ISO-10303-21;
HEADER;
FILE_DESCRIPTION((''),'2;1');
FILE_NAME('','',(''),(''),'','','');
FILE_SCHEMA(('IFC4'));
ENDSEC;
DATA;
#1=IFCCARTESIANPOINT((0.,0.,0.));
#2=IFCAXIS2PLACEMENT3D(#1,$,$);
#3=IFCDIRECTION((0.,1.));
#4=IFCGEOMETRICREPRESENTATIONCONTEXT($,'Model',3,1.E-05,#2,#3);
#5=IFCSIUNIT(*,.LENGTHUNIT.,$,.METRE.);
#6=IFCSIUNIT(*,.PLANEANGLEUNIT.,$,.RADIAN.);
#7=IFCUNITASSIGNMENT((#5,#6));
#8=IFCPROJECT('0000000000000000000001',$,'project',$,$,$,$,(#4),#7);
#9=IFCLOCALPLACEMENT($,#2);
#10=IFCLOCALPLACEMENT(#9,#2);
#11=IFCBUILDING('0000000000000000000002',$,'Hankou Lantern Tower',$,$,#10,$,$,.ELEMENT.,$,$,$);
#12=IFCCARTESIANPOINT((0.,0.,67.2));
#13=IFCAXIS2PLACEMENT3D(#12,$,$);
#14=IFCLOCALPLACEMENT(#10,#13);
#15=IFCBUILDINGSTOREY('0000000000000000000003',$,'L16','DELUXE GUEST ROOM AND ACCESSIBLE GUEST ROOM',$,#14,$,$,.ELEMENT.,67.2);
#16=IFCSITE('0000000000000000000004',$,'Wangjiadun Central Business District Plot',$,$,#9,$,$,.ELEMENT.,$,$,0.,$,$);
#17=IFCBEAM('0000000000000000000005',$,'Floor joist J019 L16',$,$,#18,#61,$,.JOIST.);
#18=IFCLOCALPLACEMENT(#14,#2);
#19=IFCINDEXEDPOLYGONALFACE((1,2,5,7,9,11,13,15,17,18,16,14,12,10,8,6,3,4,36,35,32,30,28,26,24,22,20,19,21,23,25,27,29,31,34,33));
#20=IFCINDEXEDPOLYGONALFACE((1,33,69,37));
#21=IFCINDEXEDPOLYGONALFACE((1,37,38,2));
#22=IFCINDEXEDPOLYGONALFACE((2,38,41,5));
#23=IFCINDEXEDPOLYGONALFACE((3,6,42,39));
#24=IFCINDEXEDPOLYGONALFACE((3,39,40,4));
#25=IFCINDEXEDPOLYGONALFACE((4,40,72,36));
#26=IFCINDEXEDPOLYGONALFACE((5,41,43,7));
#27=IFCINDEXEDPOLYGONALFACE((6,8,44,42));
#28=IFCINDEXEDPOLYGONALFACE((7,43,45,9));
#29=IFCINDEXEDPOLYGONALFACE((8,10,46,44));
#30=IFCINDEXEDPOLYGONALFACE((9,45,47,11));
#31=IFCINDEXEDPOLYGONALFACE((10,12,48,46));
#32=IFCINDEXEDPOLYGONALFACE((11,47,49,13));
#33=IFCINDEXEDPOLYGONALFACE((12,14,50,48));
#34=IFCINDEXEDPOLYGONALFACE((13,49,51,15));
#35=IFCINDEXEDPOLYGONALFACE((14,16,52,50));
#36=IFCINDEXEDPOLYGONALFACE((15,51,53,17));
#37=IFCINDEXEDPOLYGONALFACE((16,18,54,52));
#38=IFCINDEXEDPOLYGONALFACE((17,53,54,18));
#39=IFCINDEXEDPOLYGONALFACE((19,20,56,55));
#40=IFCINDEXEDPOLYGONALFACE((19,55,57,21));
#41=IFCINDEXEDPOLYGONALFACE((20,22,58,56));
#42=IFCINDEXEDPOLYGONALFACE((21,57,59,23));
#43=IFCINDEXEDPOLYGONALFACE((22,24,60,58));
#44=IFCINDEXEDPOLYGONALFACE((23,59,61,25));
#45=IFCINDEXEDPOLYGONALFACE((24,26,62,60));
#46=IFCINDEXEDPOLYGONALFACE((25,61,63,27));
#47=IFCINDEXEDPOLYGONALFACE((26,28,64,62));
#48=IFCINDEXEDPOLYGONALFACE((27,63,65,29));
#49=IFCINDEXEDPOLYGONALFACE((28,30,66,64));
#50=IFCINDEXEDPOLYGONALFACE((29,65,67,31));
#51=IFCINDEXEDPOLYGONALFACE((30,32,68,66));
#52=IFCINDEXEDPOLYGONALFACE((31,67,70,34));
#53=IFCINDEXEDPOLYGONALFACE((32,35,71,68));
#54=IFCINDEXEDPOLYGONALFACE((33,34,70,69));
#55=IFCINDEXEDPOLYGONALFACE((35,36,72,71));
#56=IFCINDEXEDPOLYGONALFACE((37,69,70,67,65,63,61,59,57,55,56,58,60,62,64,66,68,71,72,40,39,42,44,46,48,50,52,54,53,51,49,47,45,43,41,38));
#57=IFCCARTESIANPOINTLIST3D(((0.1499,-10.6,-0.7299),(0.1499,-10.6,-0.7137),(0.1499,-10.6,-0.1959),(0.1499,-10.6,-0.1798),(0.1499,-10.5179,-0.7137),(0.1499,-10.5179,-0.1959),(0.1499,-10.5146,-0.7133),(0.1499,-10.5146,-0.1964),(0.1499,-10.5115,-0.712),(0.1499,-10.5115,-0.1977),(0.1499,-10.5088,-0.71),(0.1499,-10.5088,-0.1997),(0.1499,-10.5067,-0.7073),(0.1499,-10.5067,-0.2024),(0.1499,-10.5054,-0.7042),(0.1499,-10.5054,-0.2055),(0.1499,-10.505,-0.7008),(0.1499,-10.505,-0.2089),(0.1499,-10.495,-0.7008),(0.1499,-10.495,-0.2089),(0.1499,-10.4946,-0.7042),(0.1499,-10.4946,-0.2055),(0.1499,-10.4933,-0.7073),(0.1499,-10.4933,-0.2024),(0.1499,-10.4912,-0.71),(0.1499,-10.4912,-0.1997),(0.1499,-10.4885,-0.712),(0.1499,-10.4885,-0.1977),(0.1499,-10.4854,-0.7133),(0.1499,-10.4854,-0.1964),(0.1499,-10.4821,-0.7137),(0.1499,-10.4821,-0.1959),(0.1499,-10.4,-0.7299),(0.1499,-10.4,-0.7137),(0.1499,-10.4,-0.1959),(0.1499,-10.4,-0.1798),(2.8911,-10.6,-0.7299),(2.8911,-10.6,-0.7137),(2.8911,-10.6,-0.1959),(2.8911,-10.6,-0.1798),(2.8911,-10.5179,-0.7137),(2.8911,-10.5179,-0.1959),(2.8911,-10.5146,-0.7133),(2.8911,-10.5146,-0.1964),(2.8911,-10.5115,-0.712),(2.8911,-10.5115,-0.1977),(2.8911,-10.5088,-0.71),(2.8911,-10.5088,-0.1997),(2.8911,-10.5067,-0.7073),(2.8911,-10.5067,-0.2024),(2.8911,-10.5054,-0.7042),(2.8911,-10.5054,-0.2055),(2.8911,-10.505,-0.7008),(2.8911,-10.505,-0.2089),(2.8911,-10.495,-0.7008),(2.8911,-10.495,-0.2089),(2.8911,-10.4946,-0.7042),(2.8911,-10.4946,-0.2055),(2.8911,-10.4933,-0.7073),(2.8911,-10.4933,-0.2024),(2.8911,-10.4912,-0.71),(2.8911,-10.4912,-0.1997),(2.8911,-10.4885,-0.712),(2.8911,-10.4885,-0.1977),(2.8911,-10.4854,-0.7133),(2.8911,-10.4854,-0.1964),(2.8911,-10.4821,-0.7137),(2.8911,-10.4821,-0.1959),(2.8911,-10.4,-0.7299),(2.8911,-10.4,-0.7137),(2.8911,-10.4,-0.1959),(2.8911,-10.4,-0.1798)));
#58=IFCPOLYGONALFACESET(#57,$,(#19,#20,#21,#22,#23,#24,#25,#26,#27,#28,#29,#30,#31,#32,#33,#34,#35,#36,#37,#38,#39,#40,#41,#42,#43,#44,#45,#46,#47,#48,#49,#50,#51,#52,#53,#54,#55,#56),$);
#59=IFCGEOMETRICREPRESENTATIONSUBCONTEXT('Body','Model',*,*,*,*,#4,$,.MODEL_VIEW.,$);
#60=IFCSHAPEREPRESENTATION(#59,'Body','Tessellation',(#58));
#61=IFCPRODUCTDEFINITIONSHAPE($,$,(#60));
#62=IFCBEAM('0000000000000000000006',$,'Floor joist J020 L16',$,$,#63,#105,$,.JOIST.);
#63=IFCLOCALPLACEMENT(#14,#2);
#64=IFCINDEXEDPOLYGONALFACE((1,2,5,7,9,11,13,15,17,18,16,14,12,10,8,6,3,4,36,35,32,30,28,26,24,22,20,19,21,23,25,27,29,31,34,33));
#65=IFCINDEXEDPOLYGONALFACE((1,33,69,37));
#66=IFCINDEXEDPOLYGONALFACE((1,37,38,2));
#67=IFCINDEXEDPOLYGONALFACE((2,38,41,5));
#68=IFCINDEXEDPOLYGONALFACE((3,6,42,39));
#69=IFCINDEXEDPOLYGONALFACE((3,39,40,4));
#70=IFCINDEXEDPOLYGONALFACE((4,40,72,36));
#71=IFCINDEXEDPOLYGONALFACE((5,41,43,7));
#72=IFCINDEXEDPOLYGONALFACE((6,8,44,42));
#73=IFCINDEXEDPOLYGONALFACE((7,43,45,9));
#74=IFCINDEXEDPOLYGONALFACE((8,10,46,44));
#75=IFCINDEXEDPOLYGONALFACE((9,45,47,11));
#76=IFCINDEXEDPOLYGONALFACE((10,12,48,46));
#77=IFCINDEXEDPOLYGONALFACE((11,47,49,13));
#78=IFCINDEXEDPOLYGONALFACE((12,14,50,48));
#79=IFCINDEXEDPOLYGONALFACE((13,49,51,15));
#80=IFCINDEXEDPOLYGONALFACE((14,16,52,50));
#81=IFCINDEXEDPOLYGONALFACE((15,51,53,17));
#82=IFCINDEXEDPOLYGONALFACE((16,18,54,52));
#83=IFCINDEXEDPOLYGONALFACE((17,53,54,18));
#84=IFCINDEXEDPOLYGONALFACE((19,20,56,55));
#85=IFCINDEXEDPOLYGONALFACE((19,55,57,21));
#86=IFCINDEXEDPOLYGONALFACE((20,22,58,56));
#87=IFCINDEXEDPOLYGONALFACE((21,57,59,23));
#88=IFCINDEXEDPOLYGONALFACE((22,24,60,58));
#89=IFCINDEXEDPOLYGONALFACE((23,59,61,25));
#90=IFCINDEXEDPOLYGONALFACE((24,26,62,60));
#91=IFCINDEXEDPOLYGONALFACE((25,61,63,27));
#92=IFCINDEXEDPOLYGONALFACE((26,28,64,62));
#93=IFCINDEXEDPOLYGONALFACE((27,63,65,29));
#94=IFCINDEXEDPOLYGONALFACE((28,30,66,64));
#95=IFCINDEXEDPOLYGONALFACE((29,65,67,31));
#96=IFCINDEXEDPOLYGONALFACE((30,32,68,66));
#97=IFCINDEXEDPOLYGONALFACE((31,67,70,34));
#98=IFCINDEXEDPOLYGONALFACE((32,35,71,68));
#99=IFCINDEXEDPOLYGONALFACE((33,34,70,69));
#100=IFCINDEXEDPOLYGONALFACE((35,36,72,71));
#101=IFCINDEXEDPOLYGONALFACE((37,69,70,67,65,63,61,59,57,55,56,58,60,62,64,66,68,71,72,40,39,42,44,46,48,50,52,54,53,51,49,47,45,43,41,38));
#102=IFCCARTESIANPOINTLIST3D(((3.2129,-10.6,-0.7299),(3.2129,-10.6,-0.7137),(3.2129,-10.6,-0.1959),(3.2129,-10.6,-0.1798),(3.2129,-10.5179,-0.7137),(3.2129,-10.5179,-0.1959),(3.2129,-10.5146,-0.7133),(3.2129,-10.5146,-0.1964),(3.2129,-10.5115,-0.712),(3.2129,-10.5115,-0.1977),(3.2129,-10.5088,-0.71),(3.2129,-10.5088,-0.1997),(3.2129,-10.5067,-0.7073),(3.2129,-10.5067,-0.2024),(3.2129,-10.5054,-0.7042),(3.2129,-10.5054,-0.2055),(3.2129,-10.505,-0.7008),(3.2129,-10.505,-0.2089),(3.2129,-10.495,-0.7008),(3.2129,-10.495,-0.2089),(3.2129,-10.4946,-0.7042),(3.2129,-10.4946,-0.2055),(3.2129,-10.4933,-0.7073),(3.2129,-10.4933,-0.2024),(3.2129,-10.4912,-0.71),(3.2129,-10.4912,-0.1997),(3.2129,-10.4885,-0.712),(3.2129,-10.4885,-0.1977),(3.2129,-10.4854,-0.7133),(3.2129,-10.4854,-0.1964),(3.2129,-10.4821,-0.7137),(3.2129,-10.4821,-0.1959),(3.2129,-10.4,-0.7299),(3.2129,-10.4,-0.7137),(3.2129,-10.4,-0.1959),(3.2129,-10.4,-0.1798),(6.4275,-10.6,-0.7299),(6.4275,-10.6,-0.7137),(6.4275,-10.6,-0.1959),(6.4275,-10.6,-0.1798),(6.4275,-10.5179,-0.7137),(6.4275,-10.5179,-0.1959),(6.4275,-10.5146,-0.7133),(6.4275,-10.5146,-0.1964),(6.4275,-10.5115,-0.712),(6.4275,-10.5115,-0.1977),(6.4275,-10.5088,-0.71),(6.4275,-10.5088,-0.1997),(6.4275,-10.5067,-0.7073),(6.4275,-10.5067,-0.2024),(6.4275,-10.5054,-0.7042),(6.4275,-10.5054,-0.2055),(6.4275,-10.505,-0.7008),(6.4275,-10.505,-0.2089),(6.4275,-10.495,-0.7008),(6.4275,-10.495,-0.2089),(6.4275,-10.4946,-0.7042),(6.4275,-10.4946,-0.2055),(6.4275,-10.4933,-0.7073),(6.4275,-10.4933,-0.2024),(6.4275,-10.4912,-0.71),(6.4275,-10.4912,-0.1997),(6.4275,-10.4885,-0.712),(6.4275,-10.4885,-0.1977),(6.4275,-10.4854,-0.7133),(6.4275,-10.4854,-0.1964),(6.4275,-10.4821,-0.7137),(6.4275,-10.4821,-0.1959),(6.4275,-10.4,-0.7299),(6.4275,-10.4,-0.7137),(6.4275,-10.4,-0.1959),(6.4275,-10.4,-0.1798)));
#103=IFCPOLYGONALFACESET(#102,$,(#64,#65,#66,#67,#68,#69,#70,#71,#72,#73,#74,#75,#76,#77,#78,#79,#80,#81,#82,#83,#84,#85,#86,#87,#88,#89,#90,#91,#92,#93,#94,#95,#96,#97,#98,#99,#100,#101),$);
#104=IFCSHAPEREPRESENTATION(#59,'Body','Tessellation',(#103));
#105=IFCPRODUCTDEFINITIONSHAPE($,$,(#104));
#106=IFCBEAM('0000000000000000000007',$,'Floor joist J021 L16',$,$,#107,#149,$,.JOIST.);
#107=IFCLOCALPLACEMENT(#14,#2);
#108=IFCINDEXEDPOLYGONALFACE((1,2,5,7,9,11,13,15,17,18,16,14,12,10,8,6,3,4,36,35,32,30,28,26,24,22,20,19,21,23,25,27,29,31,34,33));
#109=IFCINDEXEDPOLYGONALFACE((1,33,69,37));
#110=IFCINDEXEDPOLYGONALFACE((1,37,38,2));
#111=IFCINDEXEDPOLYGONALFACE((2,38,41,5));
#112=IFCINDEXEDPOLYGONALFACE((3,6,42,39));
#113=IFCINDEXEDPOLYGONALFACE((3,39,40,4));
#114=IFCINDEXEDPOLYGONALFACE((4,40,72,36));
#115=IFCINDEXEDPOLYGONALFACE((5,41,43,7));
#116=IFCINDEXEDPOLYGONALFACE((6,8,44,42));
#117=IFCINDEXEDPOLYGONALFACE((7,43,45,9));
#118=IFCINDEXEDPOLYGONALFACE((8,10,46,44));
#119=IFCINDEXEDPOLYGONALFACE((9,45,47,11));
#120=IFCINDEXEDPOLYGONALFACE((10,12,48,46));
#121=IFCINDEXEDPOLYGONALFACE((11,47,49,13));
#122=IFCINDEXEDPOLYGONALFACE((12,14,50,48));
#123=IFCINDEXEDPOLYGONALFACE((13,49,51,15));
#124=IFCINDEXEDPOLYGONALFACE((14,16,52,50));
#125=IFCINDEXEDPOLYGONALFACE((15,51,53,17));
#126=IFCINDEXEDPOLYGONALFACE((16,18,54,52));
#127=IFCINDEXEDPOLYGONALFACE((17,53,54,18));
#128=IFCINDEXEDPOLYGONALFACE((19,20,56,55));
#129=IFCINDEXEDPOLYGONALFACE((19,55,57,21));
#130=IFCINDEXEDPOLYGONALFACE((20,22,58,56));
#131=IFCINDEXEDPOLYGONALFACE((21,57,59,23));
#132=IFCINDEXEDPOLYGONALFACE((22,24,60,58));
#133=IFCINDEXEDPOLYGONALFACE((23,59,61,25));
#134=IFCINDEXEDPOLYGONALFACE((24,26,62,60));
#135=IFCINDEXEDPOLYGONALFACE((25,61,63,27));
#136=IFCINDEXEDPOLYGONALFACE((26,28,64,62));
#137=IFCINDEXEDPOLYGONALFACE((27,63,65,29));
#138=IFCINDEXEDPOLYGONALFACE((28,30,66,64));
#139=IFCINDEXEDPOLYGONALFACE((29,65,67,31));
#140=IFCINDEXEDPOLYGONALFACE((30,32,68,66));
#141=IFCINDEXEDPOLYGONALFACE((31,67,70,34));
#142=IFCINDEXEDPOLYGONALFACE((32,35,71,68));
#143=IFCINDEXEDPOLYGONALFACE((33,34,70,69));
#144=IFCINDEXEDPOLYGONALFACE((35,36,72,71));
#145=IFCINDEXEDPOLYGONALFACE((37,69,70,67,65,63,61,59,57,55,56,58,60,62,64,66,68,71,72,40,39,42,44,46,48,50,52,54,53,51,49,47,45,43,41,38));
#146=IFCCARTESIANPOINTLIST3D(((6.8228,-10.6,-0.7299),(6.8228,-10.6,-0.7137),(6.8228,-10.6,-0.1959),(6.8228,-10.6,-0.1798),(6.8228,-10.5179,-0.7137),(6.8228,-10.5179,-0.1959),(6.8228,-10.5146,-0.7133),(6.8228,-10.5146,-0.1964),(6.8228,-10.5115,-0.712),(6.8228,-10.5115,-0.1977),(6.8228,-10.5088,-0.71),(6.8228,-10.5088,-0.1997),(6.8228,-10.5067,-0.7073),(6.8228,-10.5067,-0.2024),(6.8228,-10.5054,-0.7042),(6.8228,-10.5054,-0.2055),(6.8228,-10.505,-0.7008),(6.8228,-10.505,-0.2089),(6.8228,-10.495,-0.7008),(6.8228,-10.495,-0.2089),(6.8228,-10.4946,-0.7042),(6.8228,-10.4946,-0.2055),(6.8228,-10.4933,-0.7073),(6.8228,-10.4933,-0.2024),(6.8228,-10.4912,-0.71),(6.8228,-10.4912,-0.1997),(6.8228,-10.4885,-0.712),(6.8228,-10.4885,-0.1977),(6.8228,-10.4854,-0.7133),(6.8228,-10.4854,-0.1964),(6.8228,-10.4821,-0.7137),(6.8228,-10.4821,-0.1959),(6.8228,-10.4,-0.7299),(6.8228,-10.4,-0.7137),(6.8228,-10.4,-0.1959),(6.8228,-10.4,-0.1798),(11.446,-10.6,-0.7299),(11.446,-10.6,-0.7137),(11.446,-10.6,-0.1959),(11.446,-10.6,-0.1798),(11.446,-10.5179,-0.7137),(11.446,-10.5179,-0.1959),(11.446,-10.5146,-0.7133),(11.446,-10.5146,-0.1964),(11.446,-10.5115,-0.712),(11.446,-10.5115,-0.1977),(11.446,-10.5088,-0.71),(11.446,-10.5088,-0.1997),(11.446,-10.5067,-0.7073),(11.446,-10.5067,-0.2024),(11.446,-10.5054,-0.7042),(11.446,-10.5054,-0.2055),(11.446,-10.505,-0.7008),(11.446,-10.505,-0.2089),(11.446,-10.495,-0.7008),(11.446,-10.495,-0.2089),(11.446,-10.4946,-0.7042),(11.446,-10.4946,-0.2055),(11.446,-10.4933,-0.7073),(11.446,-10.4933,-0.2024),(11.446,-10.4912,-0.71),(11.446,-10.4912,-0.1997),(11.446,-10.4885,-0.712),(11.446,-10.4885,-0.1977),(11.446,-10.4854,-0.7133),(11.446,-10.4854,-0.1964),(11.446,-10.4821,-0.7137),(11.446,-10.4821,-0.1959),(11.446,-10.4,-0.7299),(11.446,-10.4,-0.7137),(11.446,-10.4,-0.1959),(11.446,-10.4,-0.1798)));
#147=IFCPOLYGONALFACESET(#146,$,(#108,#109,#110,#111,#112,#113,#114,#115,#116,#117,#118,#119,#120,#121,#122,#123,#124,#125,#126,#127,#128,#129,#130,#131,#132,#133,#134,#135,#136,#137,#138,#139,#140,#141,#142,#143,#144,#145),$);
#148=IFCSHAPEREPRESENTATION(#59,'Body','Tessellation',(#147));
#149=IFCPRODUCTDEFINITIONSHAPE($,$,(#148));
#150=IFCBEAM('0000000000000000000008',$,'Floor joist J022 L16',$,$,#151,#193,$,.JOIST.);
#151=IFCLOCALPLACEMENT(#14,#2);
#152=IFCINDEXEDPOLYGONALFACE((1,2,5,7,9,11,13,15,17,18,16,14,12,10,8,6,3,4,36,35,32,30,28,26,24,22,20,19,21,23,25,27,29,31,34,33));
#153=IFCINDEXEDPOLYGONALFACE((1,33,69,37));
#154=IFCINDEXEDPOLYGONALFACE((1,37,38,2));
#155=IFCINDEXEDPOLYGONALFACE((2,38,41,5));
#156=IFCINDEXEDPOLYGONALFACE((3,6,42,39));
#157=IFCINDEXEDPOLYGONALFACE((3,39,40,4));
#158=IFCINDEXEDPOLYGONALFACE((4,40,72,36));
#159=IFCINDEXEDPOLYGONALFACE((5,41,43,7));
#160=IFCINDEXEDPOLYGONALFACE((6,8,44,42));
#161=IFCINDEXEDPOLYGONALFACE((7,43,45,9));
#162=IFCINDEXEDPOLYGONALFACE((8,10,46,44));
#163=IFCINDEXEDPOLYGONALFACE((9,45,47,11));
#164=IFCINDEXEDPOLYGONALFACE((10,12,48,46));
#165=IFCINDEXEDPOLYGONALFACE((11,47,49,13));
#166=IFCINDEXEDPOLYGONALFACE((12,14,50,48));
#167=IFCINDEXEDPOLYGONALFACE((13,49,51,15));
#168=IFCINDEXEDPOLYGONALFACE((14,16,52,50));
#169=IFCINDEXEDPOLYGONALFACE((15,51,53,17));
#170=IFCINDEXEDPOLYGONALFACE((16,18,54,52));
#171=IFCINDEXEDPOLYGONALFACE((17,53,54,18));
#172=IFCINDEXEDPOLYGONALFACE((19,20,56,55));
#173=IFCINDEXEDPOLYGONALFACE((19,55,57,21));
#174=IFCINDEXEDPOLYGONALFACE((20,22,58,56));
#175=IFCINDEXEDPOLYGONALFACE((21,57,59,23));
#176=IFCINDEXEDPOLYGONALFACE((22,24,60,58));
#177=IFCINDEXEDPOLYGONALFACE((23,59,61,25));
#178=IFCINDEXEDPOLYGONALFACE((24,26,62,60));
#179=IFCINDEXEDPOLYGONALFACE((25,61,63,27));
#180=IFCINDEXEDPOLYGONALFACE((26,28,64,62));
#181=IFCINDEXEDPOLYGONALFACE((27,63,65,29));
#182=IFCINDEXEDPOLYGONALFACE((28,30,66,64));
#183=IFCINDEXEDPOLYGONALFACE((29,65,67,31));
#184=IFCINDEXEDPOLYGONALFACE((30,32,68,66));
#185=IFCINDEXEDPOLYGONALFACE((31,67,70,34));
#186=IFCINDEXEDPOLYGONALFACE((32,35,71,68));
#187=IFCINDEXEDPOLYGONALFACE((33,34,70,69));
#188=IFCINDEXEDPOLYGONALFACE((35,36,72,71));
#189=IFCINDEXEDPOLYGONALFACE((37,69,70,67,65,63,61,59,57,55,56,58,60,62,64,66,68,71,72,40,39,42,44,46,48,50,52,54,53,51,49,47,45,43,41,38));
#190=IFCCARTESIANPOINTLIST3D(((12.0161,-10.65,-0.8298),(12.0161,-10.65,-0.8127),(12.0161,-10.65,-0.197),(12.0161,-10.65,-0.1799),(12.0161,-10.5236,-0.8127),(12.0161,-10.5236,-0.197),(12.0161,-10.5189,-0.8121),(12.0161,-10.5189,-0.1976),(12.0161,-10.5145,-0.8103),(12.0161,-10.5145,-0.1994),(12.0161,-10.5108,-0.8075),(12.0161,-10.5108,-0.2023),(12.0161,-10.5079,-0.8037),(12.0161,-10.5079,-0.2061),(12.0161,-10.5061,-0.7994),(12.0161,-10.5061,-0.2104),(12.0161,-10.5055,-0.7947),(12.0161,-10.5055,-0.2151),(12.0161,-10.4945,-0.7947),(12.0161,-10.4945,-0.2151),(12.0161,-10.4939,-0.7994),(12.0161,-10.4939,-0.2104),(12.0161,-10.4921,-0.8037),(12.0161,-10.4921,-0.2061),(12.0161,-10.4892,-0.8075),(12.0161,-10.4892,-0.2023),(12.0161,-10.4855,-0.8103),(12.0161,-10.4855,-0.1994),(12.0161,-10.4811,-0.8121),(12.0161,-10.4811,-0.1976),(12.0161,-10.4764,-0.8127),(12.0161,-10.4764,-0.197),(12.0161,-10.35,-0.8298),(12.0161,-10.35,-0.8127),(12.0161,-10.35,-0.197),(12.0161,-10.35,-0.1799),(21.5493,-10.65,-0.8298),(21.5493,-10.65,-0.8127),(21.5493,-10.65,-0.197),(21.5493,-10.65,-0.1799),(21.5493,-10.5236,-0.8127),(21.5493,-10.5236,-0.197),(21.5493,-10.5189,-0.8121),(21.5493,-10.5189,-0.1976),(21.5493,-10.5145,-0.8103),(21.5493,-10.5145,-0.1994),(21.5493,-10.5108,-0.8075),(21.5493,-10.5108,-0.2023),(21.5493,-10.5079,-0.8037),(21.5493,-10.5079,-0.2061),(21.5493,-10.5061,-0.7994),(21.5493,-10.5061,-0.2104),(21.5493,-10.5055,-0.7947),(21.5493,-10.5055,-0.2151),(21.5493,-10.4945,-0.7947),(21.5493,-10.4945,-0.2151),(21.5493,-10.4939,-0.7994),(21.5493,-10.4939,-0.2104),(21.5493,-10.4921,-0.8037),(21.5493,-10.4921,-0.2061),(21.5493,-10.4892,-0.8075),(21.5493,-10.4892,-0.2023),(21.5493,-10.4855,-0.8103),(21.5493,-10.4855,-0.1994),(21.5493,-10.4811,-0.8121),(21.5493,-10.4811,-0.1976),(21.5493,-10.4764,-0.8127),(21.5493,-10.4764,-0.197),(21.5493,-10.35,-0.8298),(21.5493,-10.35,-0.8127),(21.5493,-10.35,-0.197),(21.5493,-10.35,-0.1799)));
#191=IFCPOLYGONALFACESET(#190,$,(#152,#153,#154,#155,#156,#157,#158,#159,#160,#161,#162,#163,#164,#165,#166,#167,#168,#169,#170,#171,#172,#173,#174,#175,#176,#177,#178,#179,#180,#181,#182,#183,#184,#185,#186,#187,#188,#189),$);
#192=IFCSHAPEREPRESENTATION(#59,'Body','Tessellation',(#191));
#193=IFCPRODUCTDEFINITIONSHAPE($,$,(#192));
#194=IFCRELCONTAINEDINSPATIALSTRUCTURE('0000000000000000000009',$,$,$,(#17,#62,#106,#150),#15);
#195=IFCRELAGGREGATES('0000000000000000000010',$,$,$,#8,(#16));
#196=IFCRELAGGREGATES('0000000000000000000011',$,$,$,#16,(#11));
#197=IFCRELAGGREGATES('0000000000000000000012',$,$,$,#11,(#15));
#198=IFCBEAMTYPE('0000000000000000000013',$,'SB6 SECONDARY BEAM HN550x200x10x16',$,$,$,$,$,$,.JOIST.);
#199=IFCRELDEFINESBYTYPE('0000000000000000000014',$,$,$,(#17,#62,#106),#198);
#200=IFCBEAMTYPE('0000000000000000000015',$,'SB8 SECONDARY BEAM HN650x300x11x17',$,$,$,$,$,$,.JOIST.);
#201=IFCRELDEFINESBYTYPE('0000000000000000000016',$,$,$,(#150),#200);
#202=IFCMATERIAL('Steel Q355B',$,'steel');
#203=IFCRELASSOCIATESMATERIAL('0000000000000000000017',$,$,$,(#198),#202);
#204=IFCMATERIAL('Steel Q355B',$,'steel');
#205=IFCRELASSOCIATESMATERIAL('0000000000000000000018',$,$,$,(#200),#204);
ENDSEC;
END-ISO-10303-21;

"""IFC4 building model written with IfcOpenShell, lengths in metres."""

from ifc_helpers import new_model, si_unit, direction, frame, origin, origin_2d, place, context, subcontext, project, spatial, i_section, extrude, material, material_profile, profile_set, type_object, element, save


model = new_model("IFC4")

# Units and contexts
model_context = context("Model", 3, precision=1e-05, world=origin(), true_north=direction((0.0, 1.0)))
body_context = subcontext(model_context, "Body", "Model", "MODEL_VIEW")
ifc_project = project(units=[si_unit("LENGTHUNIT", "METRE"), si_unit("PLANEANGLEUNIT", "RADIAN")], contexts=[model_context])

# Site, building, storey
site_placement = place(None, origin())
site = spatial("IfcSite", under=ifc_project, at=site_placement, Name="Wangjiadun Central Business District Plot", CompositionType="ELEMENT", RefElevation=0.0)
building_placement = place(site_placement, origin())
building = spatial("IfcBuilding", under=site, at=building_placement, Name="Hankou Lantern Tower", CompositionType="ELEMENT")
storey_placement = place(building_placement, frame((0.0, 0.0, 67.2)))
storey = spatial("IfcBuildingStorey", under=building, at=storey_placement, Name="L16", Description="DELUXE GUEST ROOM AND ACCESSIBLE GUEST ROOM", CompositionType="ELEMENT", Elevation=67.2)

# Beams
ifc_material_1 = material(Name="Steel Q355B", Category="steel")
ifc_material_profile_1 = material_profile(ifc_material_1, i_section(OverallWidth=0.2, OverallDepth=0.55, WebThickness=0.01, FlangeThickness=0.0161, FilletRadius=0.0129, at=origin_2d()), Name="HN550x200x10x16")
ifc_profile_set_1 = profile_set([ifc_material_profile_1], Name="Steel Q355B")
beam_type_1 = type_object("IfcBeamType", Name="SB6 SECONDARY BEAM HN550x200x10x16", PredefinedType="JOIST", material=ifc_profile_set_1)
beam_1_placement = place(storey_placement, frame((0.1499, -10.5, -0.4548), z_axis=(1.0, 0.0, 0.0), x_axis=(0.0, 1.0, 0.0)))
element("IfcBeam", 1, at=beam_1_placement, inside=storey, type_object=beam_type_1, Name="Floor joist J019 L16", PredefinedType="JOIST", context=body_context, shape_type="SweptSolid", body=[
    extrude(i_section(OverallWidth=0.2, OverallDepth=0.55, WebThickness=0.01, FlangeThickness=0.0161, FilletRadius=0.0129, at=origin_2d()), origin(), (0.0, 0.0, 1.0), 2.7412),
])
beam_2_placement = place(storey_placement, frame((3.2129, -10.5, -0.4548), z_axis=(1.0, 0.0, 0.0), x_axis=(0.0, 1.0, 0.0)))
element("IfcBeam", 2, at=beam_2_placement, inside=storey, type_object=beam_type_1, Name="Floor joist J020 L16", PredefinedType="JOIST", context=body_context, shape_type="SweptSolid", body=[
    extrude(i_section(OverallWidth=0.2, OverallDepth=0.55, WebThickness=0.01, FlangeThickness=0.0161, FilletRadius=0.0129, at=origin_2d()), origin(), (0.0, 0.0, 1.0), 3.2146),
])
beam_3_placement = place(storey_placement, frame((6.8228, -10.5, -0.4548), z_axis=(1.0, 0.0, 0.0), x_axis=(0.0, 1.0, 0.0)))
element("IfcBeam", 3, at=beam_3_placement, inside=storey, type_object=beam_type_1, Name="Floor joist J021 L16", PredefinedType="JOIST", context=body_context, shape_type="SweptSolid", body=[
    extrude(i_section(OverallWidth=0.2, OverallDepth=0.55, WebThickness=0.01, FlangeThickness=0.0161, FilletRadius=0.0129, at=origin_2d()), origin(), (0.0, 0.0, 1.0), 4.6233),
])
ifc_material_2 = material(Name="Steel Q355B", Category="steel")
ifc_material_profile_2 = material_profile(ifc_material_2, i_section(OverallWidth=0.3, OverallDepth=0.6499, WebThickness=0.011, FlangeThickness=0.0171, FilletRadius=0.0181, at=origin_2d()), Name="HN650x300x11x17")
ifc_profile_set_2 = profile_set([ifc_material_profile_2], Name="Steel Q355B")
beam_type_2 = type_object("IfcBeamType", Name="SB8 SECONDARY BEAM HN650x300x11x17", PredefinedType="JOIST", material=ifc_profile_set_2)
beam_4_placement = place(storey_placement, frame((12.0161, -10.5, -0.5049), z_axis=(1.0, 0.0, 0.0), x_axis=(0.0, 1.0, 0.0)))
element("IfcBeam", 4, at=beam_4_placement, inside=storey, type_object=beam_type_2, Name="Floor joist J022 L16", PredefinedType="JOIST", context=body_context, shape_type="SweptSolid", body=[
    extrude(i_section(OverallWidth=0.3, OverallDepth=0.6499, WebThickness=0.011, FlangeThickness=0.0171, FilletRadius=0.0181, at=origin_2d()), origin(), (0.0, 0.0, 1.0), 9.5332),
])

save(model, "model.ifc")
